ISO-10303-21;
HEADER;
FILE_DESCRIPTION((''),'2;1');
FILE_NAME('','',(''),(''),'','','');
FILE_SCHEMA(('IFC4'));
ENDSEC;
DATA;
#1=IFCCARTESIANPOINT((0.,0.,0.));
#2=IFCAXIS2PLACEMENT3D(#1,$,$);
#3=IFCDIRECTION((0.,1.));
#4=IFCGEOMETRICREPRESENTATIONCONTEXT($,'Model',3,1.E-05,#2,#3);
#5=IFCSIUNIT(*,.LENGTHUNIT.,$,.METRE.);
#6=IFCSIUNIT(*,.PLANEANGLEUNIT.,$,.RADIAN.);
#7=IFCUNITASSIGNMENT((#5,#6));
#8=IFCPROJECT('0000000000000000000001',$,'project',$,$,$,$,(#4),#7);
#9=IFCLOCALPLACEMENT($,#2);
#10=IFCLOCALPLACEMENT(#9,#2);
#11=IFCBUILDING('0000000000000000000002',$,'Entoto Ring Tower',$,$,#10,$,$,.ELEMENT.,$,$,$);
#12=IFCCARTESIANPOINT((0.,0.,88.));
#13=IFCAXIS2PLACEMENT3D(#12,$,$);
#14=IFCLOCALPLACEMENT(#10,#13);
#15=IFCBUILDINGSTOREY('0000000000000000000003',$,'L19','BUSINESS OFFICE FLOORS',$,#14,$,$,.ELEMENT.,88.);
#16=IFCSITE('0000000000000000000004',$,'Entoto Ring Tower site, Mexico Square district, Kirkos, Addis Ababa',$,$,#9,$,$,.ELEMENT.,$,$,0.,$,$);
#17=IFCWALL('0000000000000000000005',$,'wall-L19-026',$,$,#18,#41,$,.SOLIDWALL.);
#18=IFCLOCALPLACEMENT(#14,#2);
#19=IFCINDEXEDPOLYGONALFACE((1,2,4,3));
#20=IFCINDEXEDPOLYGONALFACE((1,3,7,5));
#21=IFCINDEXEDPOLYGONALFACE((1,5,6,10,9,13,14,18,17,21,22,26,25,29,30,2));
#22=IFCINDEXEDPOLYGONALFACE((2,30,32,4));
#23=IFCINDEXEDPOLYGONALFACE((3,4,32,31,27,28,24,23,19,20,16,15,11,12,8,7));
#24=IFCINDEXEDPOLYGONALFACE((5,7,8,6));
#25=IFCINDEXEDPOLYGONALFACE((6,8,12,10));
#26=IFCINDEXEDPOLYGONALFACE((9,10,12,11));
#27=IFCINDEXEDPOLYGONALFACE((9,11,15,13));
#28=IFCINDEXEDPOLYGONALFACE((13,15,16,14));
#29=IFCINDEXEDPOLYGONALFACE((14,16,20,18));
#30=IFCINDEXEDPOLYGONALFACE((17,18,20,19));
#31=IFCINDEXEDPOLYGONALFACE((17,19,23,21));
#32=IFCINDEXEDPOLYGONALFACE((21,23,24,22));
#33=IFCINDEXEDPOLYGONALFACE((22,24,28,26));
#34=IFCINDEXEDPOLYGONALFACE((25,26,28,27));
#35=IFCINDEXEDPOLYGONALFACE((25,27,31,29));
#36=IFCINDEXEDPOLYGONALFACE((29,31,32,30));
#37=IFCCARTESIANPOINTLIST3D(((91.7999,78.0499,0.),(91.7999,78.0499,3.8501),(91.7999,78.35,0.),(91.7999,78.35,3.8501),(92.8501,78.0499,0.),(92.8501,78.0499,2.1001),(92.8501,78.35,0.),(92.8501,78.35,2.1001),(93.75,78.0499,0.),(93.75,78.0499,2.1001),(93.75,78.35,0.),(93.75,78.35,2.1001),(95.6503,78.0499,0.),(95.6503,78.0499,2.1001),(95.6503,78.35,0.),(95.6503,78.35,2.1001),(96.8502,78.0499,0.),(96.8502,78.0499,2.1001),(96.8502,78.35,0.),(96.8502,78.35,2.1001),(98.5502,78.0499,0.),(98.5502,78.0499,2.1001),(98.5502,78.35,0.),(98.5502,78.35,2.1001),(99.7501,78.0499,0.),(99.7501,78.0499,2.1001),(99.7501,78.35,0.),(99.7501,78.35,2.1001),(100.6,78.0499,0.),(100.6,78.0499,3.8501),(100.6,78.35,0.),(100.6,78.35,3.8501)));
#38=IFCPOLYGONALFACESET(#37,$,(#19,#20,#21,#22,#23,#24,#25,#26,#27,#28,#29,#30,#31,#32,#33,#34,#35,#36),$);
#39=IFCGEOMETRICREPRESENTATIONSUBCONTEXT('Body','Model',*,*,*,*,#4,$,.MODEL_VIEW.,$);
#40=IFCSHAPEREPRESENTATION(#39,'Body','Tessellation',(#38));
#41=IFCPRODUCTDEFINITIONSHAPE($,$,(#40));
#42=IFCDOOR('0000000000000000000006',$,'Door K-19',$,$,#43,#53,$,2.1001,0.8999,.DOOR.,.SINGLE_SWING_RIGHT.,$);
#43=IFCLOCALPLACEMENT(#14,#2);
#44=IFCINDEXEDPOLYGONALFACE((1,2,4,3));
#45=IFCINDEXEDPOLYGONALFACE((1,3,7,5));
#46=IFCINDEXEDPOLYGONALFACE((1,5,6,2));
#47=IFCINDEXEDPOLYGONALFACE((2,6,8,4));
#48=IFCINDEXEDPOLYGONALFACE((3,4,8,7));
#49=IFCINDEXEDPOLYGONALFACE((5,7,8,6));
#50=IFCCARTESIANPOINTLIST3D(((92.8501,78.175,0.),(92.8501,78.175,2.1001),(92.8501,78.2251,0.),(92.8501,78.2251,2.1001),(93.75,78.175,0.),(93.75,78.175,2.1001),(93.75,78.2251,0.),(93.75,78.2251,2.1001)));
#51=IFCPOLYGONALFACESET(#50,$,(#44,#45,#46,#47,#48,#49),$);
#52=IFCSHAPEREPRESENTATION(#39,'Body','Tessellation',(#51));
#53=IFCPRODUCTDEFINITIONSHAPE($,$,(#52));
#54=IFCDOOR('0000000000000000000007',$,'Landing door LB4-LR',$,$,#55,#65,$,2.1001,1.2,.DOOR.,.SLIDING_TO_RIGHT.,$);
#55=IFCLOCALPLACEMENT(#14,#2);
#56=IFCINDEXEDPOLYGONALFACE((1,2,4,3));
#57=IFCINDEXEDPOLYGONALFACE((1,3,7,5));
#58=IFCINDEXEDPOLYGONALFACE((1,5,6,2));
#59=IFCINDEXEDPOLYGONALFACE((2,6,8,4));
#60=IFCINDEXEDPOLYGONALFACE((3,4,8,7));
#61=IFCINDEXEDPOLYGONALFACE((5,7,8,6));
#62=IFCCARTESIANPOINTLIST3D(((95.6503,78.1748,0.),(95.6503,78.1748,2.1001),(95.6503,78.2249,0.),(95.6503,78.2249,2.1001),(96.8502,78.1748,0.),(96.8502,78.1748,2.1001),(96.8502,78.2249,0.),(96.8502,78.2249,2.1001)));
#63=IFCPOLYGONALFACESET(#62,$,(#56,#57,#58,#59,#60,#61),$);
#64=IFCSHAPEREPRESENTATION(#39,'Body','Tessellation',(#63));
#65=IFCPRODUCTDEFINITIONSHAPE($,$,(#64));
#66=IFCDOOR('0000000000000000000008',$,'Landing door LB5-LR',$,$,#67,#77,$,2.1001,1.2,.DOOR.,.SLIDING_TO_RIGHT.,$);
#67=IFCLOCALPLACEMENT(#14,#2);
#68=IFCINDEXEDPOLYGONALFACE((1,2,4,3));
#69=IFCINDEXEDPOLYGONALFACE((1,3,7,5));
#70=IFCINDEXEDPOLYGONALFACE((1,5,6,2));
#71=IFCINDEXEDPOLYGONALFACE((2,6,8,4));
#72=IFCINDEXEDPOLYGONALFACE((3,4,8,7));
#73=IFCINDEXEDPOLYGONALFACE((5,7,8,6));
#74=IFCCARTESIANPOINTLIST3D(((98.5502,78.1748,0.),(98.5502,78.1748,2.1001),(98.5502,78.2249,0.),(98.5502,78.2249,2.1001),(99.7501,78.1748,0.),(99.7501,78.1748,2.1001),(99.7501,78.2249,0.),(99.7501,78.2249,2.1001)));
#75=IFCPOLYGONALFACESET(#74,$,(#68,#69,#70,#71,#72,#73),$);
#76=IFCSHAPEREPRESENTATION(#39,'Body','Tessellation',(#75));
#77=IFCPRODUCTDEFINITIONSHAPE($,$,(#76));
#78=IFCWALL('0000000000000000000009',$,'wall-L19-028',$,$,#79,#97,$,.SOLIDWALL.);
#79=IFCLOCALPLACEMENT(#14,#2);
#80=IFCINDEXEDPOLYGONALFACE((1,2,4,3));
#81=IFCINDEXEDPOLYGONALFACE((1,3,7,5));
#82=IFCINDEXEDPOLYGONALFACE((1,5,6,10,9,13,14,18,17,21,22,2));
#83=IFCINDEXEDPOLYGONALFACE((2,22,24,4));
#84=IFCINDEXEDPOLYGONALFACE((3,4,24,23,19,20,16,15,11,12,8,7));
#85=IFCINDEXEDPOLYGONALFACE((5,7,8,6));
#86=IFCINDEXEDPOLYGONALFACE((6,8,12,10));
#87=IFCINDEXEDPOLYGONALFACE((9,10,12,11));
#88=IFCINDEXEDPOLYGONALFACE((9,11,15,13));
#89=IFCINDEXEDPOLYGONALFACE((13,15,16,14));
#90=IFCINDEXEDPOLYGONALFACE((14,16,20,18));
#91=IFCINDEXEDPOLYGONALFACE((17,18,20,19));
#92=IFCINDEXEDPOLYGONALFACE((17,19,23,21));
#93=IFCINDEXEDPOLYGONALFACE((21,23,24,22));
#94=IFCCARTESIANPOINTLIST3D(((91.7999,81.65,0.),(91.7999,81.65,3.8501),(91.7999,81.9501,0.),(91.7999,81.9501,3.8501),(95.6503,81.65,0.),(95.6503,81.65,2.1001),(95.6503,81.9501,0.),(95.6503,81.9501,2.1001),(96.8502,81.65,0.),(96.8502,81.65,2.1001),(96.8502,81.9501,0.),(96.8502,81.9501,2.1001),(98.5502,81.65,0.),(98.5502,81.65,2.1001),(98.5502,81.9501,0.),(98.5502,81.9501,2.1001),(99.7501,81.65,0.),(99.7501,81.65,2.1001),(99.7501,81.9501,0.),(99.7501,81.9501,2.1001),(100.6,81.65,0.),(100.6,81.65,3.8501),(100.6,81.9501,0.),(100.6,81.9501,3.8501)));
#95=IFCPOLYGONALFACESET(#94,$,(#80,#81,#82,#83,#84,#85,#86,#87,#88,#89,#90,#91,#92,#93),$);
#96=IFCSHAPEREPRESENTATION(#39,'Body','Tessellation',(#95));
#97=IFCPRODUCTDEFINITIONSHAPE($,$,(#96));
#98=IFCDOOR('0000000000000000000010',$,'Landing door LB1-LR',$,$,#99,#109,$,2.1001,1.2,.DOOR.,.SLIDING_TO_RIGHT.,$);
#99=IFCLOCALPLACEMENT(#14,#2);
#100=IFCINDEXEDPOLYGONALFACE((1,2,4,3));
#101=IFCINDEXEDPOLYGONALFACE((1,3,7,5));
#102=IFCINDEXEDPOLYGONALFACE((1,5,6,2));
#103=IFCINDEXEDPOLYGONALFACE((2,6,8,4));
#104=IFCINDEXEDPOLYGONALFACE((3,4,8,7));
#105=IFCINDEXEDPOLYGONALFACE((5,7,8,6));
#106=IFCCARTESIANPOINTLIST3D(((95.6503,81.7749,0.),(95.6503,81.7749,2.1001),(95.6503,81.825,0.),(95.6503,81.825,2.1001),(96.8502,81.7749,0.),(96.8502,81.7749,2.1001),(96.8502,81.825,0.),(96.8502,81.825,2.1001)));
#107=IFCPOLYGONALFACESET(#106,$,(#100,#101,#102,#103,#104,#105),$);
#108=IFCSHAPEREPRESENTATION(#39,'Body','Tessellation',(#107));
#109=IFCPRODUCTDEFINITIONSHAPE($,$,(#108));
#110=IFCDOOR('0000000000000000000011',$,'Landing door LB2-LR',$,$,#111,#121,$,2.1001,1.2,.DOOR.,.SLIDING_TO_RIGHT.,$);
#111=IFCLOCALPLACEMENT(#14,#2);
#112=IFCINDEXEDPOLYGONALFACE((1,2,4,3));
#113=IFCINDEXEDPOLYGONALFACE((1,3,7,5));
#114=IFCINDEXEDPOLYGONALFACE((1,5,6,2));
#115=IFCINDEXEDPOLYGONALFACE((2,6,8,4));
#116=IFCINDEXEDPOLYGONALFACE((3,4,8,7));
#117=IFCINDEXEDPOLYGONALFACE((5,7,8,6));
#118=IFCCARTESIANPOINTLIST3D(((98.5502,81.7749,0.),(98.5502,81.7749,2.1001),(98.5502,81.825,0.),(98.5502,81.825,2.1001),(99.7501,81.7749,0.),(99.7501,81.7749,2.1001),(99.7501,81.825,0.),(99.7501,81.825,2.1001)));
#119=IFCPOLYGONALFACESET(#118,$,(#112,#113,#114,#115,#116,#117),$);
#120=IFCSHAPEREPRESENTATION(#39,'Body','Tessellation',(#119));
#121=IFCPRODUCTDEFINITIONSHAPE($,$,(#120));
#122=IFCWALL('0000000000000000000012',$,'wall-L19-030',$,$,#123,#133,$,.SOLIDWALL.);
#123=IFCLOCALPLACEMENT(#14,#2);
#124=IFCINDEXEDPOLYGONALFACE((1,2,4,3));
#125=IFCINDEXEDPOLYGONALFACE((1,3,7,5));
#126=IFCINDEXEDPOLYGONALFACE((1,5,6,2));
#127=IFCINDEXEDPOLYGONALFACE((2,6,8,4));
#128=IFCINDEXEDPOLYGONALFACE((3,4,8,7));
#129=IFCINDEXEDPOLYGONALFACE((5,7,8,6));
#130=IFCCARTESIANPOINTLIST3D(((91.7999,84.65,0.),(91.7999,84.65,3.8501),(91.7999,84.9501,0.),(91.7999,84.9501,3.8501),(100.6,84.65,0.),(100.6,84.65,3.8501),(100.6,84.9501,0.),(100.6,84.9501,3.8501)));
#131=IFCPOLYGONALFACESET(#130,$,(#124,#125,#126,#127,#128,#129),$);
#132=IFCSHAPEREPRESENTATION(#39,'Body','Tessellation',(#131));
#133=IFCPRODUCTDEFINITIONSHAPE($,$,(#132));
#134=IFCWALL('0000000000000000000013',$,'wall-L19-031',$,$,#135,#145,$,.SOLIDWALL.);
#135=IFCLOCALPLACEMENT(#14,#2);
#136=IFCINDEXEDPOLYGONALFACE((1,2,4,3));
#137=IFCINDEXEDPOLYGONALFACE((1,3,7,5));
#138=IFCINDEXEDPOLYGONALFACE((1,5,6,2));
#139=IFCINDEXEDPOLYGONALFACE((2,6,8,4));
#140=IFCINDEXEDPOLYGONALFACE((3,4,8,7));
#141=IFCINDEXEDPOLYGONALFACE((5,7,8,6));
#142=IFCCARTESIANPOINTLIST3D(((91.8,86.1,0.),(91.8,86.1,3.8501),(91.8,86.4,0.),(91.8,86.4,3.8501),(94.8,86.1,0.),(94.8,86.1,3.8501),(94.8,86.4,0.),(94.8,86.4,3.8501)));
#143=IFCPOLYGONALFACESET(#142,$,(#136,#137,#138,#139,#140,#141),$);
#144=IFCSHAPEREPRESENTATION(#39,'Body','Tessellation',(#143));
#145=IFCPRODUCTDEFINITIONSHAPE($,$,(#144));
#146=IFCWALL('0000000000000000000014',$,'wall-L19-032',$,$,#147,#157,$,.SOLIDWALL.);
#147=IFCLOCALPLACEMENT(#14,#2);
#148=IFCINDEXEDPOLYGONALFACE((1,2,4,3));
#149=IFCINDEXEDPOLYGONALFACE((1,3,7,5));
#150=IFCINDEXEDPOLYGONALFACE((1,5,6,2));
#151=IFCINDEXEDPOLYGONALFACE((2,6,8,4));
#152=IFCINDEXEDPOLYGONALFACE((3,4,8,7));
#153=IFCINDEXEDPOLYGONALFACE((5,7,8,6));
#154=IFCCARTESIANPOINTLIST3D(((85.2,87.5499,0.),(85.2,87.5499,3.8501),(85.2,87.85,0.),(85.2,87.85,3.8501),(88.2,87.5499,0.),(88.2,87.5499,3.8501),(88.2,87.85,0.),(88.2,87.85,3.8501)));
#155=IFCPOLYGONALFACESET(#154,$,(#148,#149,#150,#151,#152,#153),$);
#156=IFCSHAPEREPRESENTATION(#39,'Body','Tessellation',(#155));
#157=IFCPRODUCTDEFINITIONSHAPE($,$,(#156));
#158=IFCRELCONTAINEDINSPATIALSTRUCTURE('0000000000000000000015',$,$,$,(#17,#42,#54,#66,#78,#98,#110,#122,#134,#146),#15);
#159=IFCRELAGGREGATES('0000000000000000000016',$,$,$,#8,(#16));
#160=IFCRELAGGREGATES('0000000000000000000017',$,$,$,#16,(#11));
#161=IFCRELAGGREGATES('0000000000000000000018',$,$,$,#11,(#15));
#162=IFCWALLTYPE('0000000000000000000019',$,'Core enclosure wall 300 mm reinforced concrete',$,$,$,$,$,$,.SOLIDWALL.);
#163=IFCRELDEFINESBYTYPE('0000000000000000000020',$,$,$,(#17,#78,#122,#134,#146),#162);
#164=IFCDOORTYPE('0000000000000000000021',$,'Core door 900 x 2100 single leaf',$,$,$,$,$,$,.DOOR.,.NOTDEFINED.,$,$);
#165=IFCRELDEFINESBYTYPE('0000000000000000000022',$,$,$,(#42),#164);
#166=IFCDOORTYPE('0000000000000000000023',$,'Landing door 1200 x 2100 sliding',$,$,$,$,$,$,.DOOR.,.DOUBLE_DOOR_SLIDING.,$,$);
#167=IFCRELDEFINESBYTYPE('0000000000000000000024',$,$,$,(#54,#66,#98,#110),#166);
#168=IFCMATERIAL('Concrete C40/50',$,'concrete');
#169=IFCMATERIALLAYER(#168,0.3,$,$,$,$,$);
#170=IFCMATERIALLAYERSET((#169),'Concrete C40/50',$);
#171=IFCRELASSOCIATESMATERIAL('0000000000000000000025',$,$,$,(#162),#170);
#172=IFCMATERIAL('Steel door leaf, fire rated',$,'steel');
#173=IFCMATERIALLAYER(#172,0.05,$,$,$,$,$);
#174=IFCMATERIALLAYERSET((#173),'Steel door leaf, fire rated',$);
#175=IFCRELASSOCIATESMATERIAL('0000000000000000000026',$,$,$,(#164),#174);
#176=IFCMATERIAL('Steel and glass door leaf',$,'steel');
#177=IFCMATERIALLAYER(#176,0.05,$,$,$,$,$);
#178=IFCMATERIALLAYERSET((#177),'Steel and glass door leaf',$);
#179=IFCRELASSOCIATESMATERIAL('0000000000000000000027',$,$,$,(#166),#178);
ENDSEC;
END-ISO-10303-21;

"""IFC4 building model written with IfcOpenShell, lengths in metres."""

from ifc_helpers import new_model, si_unit, direction, frame, frame_2d, origin, place, context, subcontext, project, spatial, rectangle, extrude, material, layer, layer_set, type_object, element, fill, save


model = new_model("IFC4")

# Units and contexts
model_context = context("Model", 3, precision=1e-05, world=origin(), true_north=direction((0.0, 1.0)))
body_context = subcontext(model_context, "Body", "Model", "MODEL_VIEW")
ifc_project = project(units=[si_unit("LENGTHUNIT", "METRE"), si_unit("PLANEANGLEUNIT", "RADIAN")], contexts=[model_context])

# Site, building, storey
site_placement = place(None, origin())
site = spatial("IfcSite", under=ifc_project, at=site_placement, Name="Entoto Ring Tower site, Mexico Square district, Kirkos, Addis Ababa", CompositionType="ELEMENT", RefElevation=0.0)
building_placement = place(site_placement, origin())
building = spatial("IfcBuilding", under=site, at=building_placement, Name="Entoto Ring Tower", CompositionType="ELEMENT")
storey_placement = place(building_placement, frame((0.0, 0.0, 88.0)))
storey = spatial("IfcBuildingStorey", under=building, at=storey_placement, Name="L19", Description="BUSINESS OFFICE FLOORS", CompositionType="ELEMENT", Elevation=88.0)

# Shared definitions
ifc_material_1 = material(Name="Concrete C40/50", Category="concrete")
ifc_layer_1 = layer(ifc_material_1, 0.3)
ifc_layer_set_1 = layer_set([ifc_layer_1], Name="Concrete C40/50")
wall_type = type_object("IfcWallType", Name="Core enclosure wall 300 mm reinforced concrete", PredefinedType="SOLIDWALL", material=ifc_layer_set_1)

# Shared definitions
ifc_material_2 = material(Name="Steel door leaf, fire rated", Category="steel")
ifc_layer_2 = layer(ifc_material_2, 0.05)
ifc_layer_set_2 = layer_set([ifc_layer_2], Name="Steel door leaf, fire rated")
door_type_1 = type_object("IfcDoorType", Name="Core door 900 x 2100 single leaf", OperationType="NOTDEFINED", PredefinedType="DOOR", material=ifc_layer_set_2)

# Walls, openings, doors
ifc_material_3 = material(Name="Steel and glass door leaf", Category="steel")
ifc_layer_3 = layer(ifc_material_3, 0.05)
ifc_layer_set_3 = layer_set([ifc_layer_3], Name="Steel and glass door leaf")
door_type_2 = type_object("IfcDoorType", Name="Landing door 1200 x 2100 sliding", OperationType="DOUBLE_DOOR_SLIDING", PredefinedType="DOOR", material=ifc_layer_set_3)
wall_1_placement = place(storey_placement, frame((91.8, 78.2, 0.0), z_axis=(0.0, 0.0, 1.0), x_axis=(1.0, 0.0, 0.0)))
wall_1 = element("IfcWall", 1, at=wall_1_placement, inside=storey, type_object=wall_type, Name="wall-L19-026", PredefinedType="SOLIDWALL", context=body_context, shape_type="SweptSolid", body=[
    extrude(rectangle(XDim=8.8, YDim=0.3, at=frame_2d((4.3999, 0.0))), origin(), (0.0, 0.0, 1.0), 3.8501),
])
opening_1_placement = place(wall_1_placement, frame((3.8501, 0.0, 0.0)))
opening_1 = element("IfcOpeningElement", 2, at=opening_1_placement, cuts=wall_1, PredefinedType="OPENING", context=body_context, shape_type="SweptSolid", body=[
    extrude(rectangle(XDim=1.2, YDim=2.1001, at=frame_2d((0.6001, 1.05))), frame((0.0, 0.1602, 0.0), z_axis=(0.0, -1.0, 0.0), x_axis=(1.0, 0.0, 0.0)), (0.0, 0.0, 1.0), 0.3201),
])
opening_2_placement = place(wall_1_placement, frame((6.75, 0.0, 0.0)))
opening_2 = element("IfcOpeningElement", 3, at=opening_2_placement, cuts=wall_1, PredefinedType="OPENING", context=body_context, shape_type="SweptSolid", body=[
    extrude(rectangle(XDim=1.2, YDim=2.1001, at=frame_2d((0.6001, 1.05))), frame((0.0, 0.1602, 0.0), z_axis=(0.0, -1.0, 0.0), x_axis=(1.0, 0.0, 0.0)), (0.0, 0.0, 1.0), 0.3201),
])
opening_3_placement = place(wall_1_placement, frame((1.05, 0.0, 0.0)))
opening_3 = element("IfcOpeningElement", 4, at=opening_3_placement, cuts=wall_1, PredefinedType="OPENING", context=body_context, shape_type="SweptSolid", body=[
    extrude(rectangle(XDim=0.8999, YDim=2.1001, at=frame_2d((0.45, 1.05))), frame((0.0, 0.1602, 0.0), z_axis=(0.0, -1.0, 0.0), x_axis=(1.0, 0.0, 0.0)), (0.0, 0.0, 1.0), 0.3201),
])
door_1_placement = place(opening_3_placement, frame((0.8999, 0.0, 0.0), z_axis=(0.0, 0.0, 1.0), x_axis=(-1.0, 0.0, 0.0)))
door_1 = element("IfcDoor", 5, at=door_1_placement, inside=storey, type_object=door_type_1, Name="Door K-19", OperationType="SINGLE_SWING_RIGHT", OverallHeight=2.1001, OverallWidth=0.8999, PredefinedType="DOOR", context=body_context, shape_type="SweptSolid", body=[
    extrude(rectangle(XDim=0.8999, YDim=2.1001, at=frame_2d((0.45, 1.05))), frame((0.0, 0.0249, 0.0), z_axis=(0.0, -1.0, 0.0), x_axis=(1.0, 0.0, 0.0)), (0.0, 0.0, 1.0), 0.05),
])
fill(opening_3, door_1)
door_2_placement = place(opening_1_placement, origin())
door_2 = element("IfcDoor", 6, at=door_2_placement, inside=storey, type_object=door_type_2, Name="Landing door LB4-LR", OperationType="SLIDING_TO_RIGHT", OverallHeight=2.1001, OverallWidth=1.2, PredefinedType="DOOR", context=body_context, shape_type="SweptSolid", body=[
    extrude(rectangle(XDim=1.2, YDim=2.1001, at=frame_2d((0.6001, 1.05))), frame((0.0, 0.0249, 0.0), z_axis=(0.0, -1.0, 0.0), x_axis=(1.0, 0.0, 0.0)), (0.0, 0.0, 1.0), 0.05),
])
fill(opening_1, door_2)
door_3_placement = place(opening_2_placement, origin())
door_3 = element("IfcDoor", 7, at=door_3_placement, inside=storey, type_object=door_type_2, Name="Landing door LB5-LR", OperationType="SLIDING_TO_RIGHT", OverallHeight=2.1001, OverallWidth=1.2, PredefinedType="DOOR", context=body_context, shape_type="SweptSolid", body=[
    extrude(rectangle(XDim=1.2, YDim=2.1001, at=frame_2d((0.6001, 1.05))), frame((0.0, 0.0249, 0.0), z_axis=(0.0, -1.0, 0.0), x_axis=(1.0, 0.0, 0.0)), (0.0, 0.0, 1.0), 0.05),
])
fill(opening_2, door_3)
wall_2_placement = place(storey_placement, frame((91.8, 81.8, 0.0), z_axis=(0.0, 0.0, 1.0), x_axis=(1.0, 0.0, 0.0)))
wall_2 = element("IfcWall", 8, at=wall_2_placement, inside=storey, type_object=wall_type, Name="wall-L19-028", PredefinedType="SOLIDWALL", context=body_context, shape_type="SweptSolid", body=[
    extrude(rectangle(XDim=8.8, YDim=0.3, at=frame_2d((4.3999, 0.0))), origin(), (0.0, 0.0, 1.0), 3.8501),
])
opening_4_placement = place(wall_2_placement, frame((3.8501, 0.0, 0.0)))
opening_4 = element("IfcOpeningElement", 9, at=opening_4_placement, cuts=wall_2, PredefinedType="OPENING", context=body_context, shape_type="SweptSolid", body=[
    extrude(rectangle(XDim=1.2, YDim=2.1001, at=frame_2d((0.6001, 1.05))), frame((0.0, 0.1602, 0.0), z_axis=(0.0, -1.0, 0.0), x_axis=(1.0, 0.0, 0.0)), (0.0, 0.0, 1.0), 0.3201),
])
opening_5_placement = place(wall_2_placement, frame((6.75, 0.0, 0.0)))
opening_5 = element("IfcOpeningElement", 10, at=opening_5_placement, cuts=wall_2, PredefinedType="OPENING", context=body_context, shape_type="SweptSolid", body=[
    extrude(rectangle(XDim=1.2, YDim=2.1001, at=frame_2d((0.6001, 1.05))), frame((0.0, 0.1602, 0.0), z_axis=(0.0, -1.0, 0.0), x_axis=(1.0, 0.0, 0.0)), (0.0, 0.0, 1.0), 0.3201),
])
door_4_placement = place(opening_4_placement, origin())
door_4 = element("IfcDoor", 11, at=door_4_placement, inside=storey, type_object=door_type_2, Name="Landing door LB1-LR", OperationType="SLIDING_TO_RIGHT", OverallHeight=2.1001, OverallWidth=1.2, PredefinedType="DOOR", context=body_context, shape_type="SweptSolid", body=[
    extrude(rectangle(XDim=1.2, YDim=2.1001, at=frame_2d((0.6001, 1.05))), frame((0.0, 0.0249, 0.0), z_axis=(0.0, -1.0, 0.0), x_axis=(1.0, 0.0, 0.0)), (0.0, 0.0, 1.0), 0.05),
])
fill(opening_4, door_4)
door_5_placement = place(opening_5_placement, origin())
door_5 = element("IfcDoor", 12, at=door_5_placement, inside=storey, type_object=door_type_2, Name="Landing door LB2-LR", OperationType="SLIDING_TO_RIGHT", OverallHeight=2.1001, OverallWidth=1.2, PredefinedType="DOOR", context=body_context, shape_type="SweptSolid", body=[
    extrude(rectangle(XDim=1.2, YDim=2.1001, at=frame_2d((0.6001, 1.05))), frame((0.0, 0.0249, 0.0), z_axis=(0.0, -1.0, 0.0), x_axis=(1.0, 0.0, 0.0)), (0.0, 0.0, 1.0), 0.05),
])
fill(opening_5, door_5)

# Walls
wall_3_placement = place(storey_placement, frame((91.8, 84.8, 0.0), z_axis=(0.0, 0.0, 1.0), x_axis=(1.0, 0.0, 0.0)))
element("IfcWall", 13, at=wall_3_placement, inside=storey, type_object=wall_type, Name="wall-L19-030", PredefinedType="SOLIDWALL", context=body_context, shape_type="SweptSolid", body=[
    extrude(rectangle(XDim=8.8, YDim=0.3, at=frame_2d((4.3999, 0.0))), origin(), (0.0, 0.0, 1.0), 3.8501),
])
for number, where, z_axis, x_axis, name in (
    (14, (91.8, 86.25, 0.0), (0.0, 0.0, 1.0), (1.0, 0.0, 0.0), "wall-L19-031"),
    (15, (85.2, 87.7, 0.0), (0.0, 0.0, 1.0), (1.0, 0.0, 0.0), "wall-L19-032"),
):
    element("IfcWall", number, at=place(storey_placement, frame(where, z_axis=z_axis, x_axis=x_axis)), inside=storey, type_object=wall_type, Name=name, PredefinedType="SOLIDWALL", context=body_context, shape_type="SweptSolid", body=[
        extrude(rectangle(XDim=3.0, YDim=0.3, at=frame_2d((1.5, 0.0))), origin(), (0.0, 0.0, 1.0), 3.8501),
    ])

save(model, "model.ifc")
